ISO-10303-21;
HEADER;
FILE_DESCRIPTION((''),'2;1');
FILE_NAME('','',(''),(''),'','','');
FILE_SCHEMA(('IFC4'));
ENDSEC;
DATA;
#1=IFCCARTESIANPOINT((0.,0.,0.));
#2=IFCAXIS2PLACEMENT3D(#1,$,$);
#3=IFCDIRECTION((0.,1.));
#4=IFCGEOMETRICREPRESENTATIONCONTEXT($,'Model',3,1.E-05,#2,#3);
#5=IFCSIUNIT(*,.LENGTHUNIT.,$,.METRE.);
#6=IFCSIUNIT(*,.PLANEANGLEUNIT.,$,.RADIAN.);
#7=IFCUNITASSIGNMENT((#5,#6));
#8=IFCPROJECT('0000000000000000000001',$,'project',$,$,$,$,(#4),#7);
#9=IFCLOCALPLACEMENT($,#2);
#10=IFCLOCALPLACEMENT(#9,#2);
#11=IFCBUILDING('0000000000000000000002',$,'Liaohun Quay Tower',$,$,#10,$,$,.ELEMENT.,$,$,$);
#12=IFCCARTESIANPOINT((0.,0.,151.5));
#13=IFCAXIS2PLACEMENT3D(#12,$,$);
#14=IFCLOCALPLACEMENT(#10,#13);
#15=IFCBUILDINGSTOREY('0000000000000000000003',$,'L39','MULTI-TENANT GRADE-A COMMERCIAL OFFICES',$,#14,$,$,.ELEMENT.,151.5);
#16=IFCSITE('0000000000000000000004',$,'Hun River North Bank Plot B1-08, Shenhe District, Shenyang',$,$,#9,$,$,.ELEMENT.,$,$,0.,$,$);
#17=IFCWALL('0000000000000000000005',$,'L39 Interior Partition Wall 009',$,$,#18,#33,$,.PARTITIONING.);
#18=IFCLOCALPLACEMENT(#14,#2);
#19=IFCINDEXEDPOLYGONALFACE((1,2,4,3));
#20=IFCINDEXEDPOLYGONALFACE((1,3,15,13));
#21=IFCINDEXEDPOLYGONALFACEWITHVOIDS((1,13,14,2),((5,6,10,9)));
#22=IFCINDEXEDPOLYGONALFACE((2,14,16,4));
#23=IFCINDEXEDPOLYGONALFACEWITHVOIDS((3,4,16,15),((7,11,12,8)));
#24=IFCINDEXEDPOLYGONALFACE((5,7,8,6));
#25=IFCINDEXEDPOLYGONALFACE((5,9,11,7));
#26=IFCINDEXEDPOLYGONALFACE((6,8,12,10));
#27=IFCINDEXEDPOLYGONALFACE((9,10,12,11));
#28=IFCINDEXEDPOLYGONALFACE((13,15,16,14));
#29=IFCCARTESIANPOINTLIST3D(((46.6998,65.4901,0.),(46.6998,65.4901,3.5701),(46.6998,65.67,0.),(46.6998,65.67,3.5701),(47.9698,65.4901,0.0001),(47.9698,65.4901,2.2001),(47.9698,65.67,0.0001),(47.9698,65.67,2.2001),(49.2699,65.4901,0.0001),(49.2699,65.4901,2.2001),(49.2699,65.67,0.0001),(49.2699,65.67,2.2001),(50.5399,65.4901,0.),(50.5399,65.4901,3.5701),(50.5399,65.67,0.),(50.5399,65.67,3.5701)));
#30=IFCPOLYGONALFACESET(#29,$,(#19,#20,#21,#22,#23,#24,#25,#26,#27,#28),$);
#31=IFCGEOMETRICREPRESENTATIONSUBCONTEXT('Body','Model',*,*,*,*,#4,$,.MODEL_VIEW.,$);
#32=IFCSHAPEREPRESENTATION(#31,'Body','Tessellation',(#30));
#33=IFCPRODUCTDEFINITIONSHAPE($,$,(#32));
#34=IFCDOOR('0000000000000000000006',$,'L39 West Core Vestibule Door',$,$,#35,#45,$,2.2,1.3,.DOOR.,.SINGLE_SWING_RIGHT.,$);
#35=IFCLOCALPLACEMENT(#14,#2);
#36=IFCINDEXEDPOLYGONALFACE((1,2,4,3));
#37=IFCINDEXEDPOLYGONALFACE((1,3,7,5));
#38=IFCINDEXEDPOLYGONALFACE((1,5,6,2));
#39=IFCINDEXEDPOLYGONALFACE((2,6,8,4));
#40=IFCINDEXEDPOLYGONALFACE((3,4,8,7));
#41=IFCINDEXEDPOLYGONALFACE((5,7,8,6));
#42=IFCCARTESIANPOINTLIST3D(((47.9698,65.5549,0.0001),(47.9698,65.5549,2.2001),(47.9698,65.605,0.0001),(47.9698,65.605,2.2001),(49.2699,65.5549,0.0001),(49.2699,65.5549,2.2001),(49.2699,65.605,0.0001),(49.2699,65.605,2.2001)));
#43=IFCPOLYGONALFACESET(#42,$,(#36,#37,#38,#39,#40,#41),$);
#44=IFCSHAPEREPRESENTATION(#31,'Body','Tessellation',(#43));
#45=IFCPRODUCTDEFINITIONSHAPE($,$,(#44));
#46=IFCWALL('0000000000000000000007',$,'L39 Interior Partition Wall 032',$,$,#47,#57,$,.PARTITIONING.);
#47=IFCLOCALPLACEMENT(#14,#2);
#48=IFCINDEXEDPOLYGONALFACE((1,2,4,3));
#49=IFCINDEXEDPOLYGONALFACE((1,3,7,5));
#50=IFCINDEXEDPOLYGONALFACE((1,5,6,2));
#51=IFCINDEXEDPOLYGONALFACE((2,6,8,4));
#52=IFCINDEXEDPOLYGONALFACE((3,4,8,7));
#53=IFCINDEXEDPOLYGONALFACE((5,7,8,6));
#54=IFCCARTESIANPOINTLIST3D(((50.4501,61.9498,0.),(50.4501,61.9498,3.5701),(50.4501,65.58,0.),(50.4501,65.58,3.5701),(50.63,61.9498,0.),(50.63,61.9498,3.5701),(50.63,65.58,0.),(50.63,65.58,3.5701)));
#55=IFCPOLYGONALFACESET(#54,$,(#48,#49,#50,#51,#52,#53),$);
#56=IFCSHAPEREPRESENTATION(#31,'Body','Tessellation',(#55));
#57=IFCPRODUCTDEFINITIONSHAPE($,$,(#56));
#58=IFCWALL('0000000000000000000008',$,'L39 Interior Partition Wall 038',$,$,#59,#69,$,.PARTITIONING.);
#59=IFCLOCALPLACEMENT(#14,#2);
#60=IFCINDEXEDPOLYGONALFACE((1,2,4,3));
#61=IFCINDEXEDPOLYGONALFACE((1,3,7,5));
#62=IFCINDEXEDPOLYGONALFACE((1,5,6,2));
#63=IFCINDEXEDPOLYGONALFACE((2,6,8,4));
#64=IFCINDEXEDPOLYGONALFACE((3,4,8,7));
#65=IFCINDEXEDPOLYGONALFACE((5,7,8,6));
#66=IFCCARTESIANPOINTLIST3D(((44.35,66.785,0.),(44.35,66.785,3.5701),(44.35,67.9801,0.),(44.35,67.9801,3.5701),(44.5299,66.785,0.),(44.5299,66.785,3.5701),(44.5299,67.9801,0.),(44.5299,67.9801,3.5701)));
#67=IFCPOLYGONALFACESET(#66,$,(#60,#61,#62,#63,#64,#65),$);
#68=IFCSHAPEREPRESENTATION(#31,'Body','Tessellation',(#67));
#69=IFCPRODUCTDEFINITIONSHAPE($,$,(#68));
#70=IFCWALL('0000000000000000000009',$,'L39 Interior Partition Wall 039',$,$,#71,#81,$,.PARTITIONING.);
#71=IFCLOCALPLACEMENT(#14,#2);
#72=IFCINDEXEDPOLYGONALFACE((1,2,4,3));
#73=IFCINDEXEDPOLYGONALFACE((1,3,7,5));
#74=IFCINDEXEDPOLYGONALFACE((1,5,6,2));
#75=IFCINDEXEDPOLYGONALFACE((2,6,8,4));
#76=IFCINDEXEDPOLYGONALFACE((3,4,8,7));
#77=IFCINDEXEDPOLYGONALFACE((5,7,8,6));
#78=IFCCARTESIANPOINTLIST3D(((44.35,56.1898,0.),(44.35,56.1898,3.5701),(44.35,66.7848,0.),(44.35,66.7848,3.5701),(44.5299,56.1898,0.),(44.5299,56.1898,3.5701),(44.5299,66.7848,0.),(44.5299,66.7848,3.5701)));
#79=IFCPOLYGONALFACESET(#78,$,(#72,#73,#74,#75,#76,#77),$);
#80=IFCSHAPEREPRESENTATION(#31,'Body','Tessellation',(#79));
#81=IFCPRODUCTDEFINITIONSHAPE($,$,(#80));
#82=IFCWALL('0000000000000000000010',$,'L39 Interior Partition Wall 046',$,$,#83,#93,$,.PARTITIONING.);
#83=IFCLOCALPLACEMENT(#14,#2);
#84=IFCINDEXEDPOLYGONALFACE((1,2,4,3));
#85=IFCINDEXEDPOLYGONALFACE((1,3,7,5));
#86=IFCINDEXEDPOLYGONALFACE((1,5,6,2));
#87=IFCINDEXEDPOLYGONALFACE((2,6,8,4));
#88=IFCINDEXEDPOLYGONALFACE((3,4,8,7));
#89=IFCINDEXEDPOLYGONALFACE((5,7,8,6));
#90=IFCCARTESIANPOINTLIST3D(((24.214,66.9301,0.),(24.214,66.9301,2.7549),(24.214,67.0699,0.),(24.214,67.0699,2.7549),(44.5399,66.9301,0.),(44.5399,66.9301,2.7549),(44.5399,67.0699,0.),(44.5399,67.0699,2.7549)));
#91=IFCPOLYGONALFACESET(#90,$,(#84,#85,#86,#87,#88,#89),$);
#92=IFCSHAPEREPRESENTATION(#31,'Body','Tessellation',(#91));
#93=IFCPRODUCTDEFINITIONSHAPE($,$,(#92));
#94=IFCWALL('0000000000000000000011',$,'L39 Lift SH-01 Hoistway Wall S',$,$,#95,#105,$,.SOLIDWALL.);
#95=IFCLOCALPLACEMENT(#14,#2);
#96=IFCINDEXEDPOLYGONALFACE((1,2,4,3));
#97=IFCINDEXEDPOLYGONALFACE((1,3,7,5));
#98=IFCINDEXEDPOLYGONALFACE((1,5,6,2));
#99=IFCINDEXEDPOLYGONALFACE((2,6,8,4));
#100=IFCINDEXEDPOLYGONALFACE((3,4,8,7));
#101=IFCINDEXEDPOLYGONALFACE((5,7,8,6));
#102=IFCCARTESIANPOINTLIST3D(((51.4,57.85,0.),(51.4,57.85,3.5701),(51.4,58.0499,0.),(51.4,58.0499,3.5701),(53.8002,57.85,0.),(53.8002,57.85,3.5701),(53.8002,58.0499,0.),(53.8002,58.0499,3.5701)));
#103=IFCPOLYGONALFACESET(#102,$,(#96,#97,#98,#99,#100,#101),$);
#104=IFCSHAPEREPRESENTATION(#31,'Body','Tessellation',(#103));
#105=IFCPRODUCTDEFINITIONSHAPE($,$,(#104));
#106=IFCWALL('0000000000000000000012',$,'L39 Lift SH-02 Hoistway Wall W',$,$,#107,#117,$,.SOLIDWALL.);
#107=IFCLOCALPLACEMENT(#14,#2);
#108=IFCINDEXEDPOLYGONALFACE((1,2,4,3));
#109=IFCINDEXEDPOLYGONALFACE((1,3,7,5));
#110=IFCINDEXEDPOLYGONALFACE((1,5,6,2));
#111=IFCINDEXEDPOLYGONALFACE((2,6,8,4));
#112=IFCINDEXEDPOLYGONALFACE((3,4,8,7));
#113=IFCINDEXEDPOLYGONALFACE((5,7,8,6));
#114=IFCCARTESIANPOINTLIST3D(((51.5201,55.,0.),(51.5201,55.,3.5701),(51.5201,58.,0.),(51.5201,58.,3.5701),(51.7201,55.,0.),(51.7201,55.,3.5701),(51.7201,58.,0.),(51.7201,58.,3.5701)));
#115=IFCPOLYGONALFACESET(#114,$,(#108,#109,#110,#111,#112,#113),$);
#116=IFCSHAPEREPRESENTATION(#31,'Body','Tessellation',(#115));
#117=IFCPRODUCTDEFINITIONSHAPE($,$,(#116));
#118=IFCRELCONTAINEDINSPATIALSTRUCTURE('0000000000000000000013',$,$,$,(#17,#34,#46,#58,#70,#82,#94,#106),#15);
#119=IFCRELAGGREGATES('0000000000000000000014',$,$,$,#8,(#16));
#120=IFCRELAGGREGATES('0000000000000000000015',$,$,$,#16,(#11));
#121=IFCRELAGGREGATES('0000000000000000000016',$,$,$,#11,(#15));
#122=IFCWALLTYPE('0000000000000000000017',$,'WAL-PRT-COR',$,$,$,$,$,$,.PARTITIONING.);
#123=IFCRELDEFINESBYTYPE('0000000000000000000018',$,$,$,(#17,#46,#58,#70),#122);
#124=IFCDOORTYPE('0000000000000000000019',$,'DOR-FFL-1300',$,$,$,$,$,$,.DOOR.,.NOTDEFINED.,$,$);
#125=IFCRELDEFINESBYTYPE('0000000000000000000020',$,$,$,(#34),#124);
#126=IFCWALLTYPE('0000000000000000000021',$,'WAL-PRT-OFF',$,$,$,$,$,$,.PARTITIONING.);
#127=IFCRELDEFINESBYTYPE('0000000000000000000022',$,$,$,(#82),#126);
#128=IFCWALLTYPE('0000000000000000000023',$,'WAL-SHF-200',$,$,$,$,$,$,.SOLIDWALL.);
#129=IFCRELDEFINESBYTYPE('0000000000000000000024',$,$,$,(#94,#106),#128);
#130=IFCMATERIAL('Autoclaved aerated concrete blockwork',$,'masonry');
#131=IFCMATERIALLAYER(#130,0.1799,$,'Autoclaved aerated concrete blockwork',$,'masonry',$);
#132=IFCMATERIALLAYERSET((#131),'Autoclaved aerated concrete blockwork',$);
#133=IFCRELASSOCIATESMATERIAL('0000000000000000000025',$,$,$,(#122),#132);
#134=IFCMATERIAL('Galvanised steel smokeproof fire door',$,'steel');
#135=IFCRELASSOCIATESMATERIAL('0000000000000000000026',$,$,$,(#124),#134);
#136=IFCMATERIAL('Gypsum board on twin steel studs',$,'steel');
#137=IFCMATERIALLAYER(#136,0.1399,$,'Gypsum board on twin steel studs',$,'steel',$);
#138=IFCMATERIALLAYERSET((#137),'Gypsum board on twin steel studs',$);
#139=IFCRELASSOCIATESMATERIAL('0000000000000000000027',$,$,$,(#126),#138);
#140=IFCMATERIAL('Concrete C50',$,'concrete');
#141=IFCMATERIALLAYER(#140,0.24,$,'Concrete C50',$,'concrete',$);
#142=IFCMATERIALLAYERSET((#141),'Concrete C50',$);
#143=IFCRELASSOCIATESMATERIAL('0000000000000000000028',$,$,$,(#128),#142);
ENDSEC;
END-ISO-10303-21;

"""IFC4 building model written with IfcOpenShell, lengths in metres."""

from ifc_helpers import new_model, si_unit, direction, frame, frame_2d, origin, place, context, subcontext, project, spatial, rectangle, extrude, source, transform, mapped, material, layer, layer_set, type_object, element, fill, save


model = new_model("IFC4")

# Units and contexts
model_context = context("Model", 3, precision=1e-05, world=origin(), true_north=direction((0.0, 1.0)))
body_context = subcontext(model_context, "Body", "Model", "MODEL_VIEW")
ifc_project = project(units=[si_unit("LENGTHUNIT", "METRE"), si_unit("PLANEANGLEUNIT", "RADIAN")], contexts=[model_context])

# Site, building, storey
site_placement = place(None, origin())
site = spatial("IfcSite", under=ifc_project, at=site_placement, Name="Hun River North Bank Plot B1-08, Shenhe District, Shenyang", CompositionType="ELEMENT", RefElevation=0.0)
building_placement = place(site_placement, origin())
building = spatial("IfcBuilding", under=site, at=building_placement, Name="Liaohun Quay Tower", CompositionType="ELEMENT")
storey_placement = place(building_placement, frame((0.0, 0.0, 151.5)))
storey = spatial("IfcBuildingStorey", under=building, at=storey_placement, Name="L39", Description="MULTI-TENANT GRADE-A COMMERCIAL OFFICES", CompositionType="ELEMENT", Elevation=151.5)

# Wall, opening, door
ifc_material_1 = material(Name="Autoclaved aerated concrete blockwork", Category="masonry")
ifc_layer_1 = layer(ifc_material_1, 0.1799, Name="Autoclaved aerated concrete blockwork", Category="masonry")
ifc_layer_set_1 = layer_set([ifc_layer_1], Name="Autoclaved aerated concrete blockwork")
wall_type_1 = type_object("IfcWallType", Name="WAL-PRT-COR", PredefinedType="PARTITIONING", material=ifc_layer_set_1)
wall_1_placement = place(storey_placement, frame((46.7, 65.5801, 0.0), z_axis=(0.0, 0.0, 1.0), x_axis=(1.0, 0.0, 0.0)))
wall_1 = element("IfcWall", 1, at=wall_1_placement, inside=storey, type_object=wall_type_1, Name="L39 Interior Partition Wall 009", PredefinedType="PARTITIONING", context=body_context, shape_type="SweptSolid", body=[
    extrude(rectangle(XDim=3.8401, YDim=0.1799, at=frame_2d((1.9199, 0.0))), origin(), (0.0, 0.0, 1.0), 3.5701),
])
shared_shape_1 = source(origin(), body_context, "Body", "SweptSolid", [
    extrude(rectangle(XDim=1.3, YDim=2.2, at=frame_2d((0.6499, 1.1001))), frame((0.0, 0.0999, 0.0), z_axis=(0.0, -1.0, 0.0), x_axis=(1.0, 0.0, 0.0)), (0.0, 0.0, 1.0), 0.2),
])
opening_1_placement = place(wall_1_placement, frame((1.27, 0.0, 0.0)))
opening_1 = element("IfcOpeningElement", 2, at=opening_1_placement, cuts=wall_1, PredefinedType="OPENING", context=body_context, shape_type="MappedRepresentation", body=[
    mapped(shared_shape_1, transform((0.0, 0.0, 0.0), x_axis=(1.0, 0.0, 0.0), y_axis=(0.0, 1.0, 0.0), z_axis=(0.0, 0.0, 1.0), scale=1.0)),
])
ifc_material_2 = material(Name="Galvanised steel smokeproof fire door", Category="steel")
door_type_1 = type_object("IfcDoorType", Name="DOR-FFL-1300", OperationType="NOTDEFINED", PredefinedType="DOOR", material=ifc_material_2)
shared_shape_2 = source(origin(), body_context, "Body", "SweptSolid", [
    extrude(rectangle(XDim=1.3, YDim=2.2, at=frame_2d((0.6499, 1.1001))), frame((0.0, 0.0249, 0.0), z_axis=(0.0, -1.0, 0.0), x_axis=(1.0, 0.0, 0.0)), (0.0, 0.0, 1.0), 0.05),
])
door_1_placement = place(opening_1_placement, origin())
door_1 = element("IfcDoor", 3, at=door_1_placement, inside=storey, type_object=door_type_1, Name="L39 West Core Vestibule Door", OperationType="SINGLE_SWING_RIGHT", OverallHeight=2.2, OverallWidth=1.3, PredefinedType="DOOR", context=body_context, shape_type="MappedRepresentation", body=[
    mapped(shared_shape_2, transform((0.0, 0.0, 0.0), x_axis=(1.0, 0.0, 0.0), y_axis=(0.0, 1.0, 0.0), z_axis=(0.0, 0.0, 1.0), scale=1.0)),
])
fill(opening_1, door_1)

# Walls
wall_2_placement = place(storey_placement, frame((50.54, 61.95, 0.0), z_axis=(0.0, 0.0, 1.0), x_axis=(0.0, 1.0, 0.0)))
element("IfcWall", 4, at=wall_2_placement, inside=storey, type_object=wall_type_1, Name="L39 Interior Partition Wall 032", PredefinedType="PARTITIONING", context=body_context, shape_type="SweptSolid", body=[
    extrude(rectangle(XDim=3.6301, YDim=0.1799, at=frame_2d((1.8149, 0.0))), origin(), (0.0, 0.0, 1.0), 3.5701),
])
wall_3_placement = place(storey_placement, frame((44.4399, 66.7849, 0.0), z_axis=(0.0, 0.0, 1.0), x_axis=(0.0, 1.0, 0.0)))
element("IfcWall", 5, at=wall_3_placement, inside=storey, type_object=wall_type_1, Name="L39 Interior Partition Wall 038", PredefinedType="PARTITIONING", context=body_context, shape_type="SweptSolid", body=[
    extrude(rectangle(XDim=1.1951, YDim=0.1799, at=frame_2d((0.5977, 0.0))), origin(), (0.0, 0.0, 1.0), 3.5701),
])
wall_4_placement = place(storey_placement, frame((44.4399, 56.1899, 0.0), z_axis=(0.0, 0.0, 1.0), x_axis=(0.0, 1.0, 0.0)))
element("IfcWall", 6, at=wall_4_placement, inside=storey, type_object=wall_type_1, Name="L39 Interior Partition Wall 039", PredefinedType="PARTITIONING", context=body_context, shape_type="SweptSolid", body=[
    extrude(rectangle(XDim=10.595, YDim=0.1799, at=frame_2d((5.2974, 0.0))), origin(), (0.0, 0.0, 1.0), 3.5701),
])
ifc_material_3 = material(Name="Gypsum board on twin steel studs", Category="steel")
ifc_layer_2 = layer(ifc_material_3, 0.1399, Name="Gypsum board on twin steel studs", Category="steel")
ifc_layer_set_2 = layer_set([ifc_layer_2], Name="Gypsum board on twin steel studs")
wall_type_2 = type_object("IfcWallType", Name="WAL-PRT-OFF", PredefinedType="PARTITIONING", material=ifc_layer_set_2)
wall_5_placement = place(storey_placement, frame((44.54, 67.0, 0.0), z_axis=(0.0, 0.0, 1.0), x_axis=(-1.0, 0.0, 0.0)))
element("IfcWall", 7, at=wall_5_placement, inside=storey, type_object=wall_type_2, Name="L39 Interior Partition Wall 046", PredefinedType="PARTITIONING", context=body_context, shape_type="SweptSolid", body=[
    extrude(rectangle(XDim=20.3259, YDim=0.1399, at=frame_2d((10.1631, 0.0))), origin(), (0.0, 0.0, 1.0), 2.7549),
])
ifc_material_4 = material(Name="Concrete C50", Category="concrete")
ifc_layer_3 = layer(ifc_material_4, 0.24, Name="Concrete C50", Category="concrete")
ifc_layer_set_3 = layer_set([ifc_layer_3], Name="Concrete C50")
wall_type_3 = type_object("IfcWallType", Name="WAL-SHF-200", PredefinedType="SOLIDWALL", material=ifc_layer_set_3)
wall_6_placement = place(storey_placement, frame((51.3999, 57.95, 0.0), z_axis=(0.0, 0.0, 1.0), x_axis=(1.0, 0.0, 0.0)))
element("IfcWall", 8, at=wall_6_placement, inside=storey, type_object=wall_type_3, Name="L39 Lift SH-01 Hoistway Wall S", PredefinedType="SOLIDWALL", context=body_context, shape_type="SweptSolid", body=[
    extrude(rectangle(XDim=2.4001, YDim=0.2, at=frame_2d((1.2002, 0.0))), origin(), (0.0, 0.0, 1.0), 3.5701),
])
wall_7_placement = place(storey_placement, frame((51.6201, 58.0, 0.0), z_axis=(0.0, 0.0, 1.0), x_axis=(0.0, -1.0, 0.0)))
element("IfcWall", 9, at=wall_7_placement, inside=storey, type_object=wall_type_3, Name="L39 Lift SH-02 Hoistway Wall W", PredefinedType="SOLIDWALL", context=body_context, shape_type="SweptSolid", body=[
    extrude(rectangle(XDim=3.0, YDim=0.2, at=frame_2d((1.5, 0.0))), origin(), (0.0, 0.0, 1.0), 3.5701),
])

save(model, "model.ifc")
